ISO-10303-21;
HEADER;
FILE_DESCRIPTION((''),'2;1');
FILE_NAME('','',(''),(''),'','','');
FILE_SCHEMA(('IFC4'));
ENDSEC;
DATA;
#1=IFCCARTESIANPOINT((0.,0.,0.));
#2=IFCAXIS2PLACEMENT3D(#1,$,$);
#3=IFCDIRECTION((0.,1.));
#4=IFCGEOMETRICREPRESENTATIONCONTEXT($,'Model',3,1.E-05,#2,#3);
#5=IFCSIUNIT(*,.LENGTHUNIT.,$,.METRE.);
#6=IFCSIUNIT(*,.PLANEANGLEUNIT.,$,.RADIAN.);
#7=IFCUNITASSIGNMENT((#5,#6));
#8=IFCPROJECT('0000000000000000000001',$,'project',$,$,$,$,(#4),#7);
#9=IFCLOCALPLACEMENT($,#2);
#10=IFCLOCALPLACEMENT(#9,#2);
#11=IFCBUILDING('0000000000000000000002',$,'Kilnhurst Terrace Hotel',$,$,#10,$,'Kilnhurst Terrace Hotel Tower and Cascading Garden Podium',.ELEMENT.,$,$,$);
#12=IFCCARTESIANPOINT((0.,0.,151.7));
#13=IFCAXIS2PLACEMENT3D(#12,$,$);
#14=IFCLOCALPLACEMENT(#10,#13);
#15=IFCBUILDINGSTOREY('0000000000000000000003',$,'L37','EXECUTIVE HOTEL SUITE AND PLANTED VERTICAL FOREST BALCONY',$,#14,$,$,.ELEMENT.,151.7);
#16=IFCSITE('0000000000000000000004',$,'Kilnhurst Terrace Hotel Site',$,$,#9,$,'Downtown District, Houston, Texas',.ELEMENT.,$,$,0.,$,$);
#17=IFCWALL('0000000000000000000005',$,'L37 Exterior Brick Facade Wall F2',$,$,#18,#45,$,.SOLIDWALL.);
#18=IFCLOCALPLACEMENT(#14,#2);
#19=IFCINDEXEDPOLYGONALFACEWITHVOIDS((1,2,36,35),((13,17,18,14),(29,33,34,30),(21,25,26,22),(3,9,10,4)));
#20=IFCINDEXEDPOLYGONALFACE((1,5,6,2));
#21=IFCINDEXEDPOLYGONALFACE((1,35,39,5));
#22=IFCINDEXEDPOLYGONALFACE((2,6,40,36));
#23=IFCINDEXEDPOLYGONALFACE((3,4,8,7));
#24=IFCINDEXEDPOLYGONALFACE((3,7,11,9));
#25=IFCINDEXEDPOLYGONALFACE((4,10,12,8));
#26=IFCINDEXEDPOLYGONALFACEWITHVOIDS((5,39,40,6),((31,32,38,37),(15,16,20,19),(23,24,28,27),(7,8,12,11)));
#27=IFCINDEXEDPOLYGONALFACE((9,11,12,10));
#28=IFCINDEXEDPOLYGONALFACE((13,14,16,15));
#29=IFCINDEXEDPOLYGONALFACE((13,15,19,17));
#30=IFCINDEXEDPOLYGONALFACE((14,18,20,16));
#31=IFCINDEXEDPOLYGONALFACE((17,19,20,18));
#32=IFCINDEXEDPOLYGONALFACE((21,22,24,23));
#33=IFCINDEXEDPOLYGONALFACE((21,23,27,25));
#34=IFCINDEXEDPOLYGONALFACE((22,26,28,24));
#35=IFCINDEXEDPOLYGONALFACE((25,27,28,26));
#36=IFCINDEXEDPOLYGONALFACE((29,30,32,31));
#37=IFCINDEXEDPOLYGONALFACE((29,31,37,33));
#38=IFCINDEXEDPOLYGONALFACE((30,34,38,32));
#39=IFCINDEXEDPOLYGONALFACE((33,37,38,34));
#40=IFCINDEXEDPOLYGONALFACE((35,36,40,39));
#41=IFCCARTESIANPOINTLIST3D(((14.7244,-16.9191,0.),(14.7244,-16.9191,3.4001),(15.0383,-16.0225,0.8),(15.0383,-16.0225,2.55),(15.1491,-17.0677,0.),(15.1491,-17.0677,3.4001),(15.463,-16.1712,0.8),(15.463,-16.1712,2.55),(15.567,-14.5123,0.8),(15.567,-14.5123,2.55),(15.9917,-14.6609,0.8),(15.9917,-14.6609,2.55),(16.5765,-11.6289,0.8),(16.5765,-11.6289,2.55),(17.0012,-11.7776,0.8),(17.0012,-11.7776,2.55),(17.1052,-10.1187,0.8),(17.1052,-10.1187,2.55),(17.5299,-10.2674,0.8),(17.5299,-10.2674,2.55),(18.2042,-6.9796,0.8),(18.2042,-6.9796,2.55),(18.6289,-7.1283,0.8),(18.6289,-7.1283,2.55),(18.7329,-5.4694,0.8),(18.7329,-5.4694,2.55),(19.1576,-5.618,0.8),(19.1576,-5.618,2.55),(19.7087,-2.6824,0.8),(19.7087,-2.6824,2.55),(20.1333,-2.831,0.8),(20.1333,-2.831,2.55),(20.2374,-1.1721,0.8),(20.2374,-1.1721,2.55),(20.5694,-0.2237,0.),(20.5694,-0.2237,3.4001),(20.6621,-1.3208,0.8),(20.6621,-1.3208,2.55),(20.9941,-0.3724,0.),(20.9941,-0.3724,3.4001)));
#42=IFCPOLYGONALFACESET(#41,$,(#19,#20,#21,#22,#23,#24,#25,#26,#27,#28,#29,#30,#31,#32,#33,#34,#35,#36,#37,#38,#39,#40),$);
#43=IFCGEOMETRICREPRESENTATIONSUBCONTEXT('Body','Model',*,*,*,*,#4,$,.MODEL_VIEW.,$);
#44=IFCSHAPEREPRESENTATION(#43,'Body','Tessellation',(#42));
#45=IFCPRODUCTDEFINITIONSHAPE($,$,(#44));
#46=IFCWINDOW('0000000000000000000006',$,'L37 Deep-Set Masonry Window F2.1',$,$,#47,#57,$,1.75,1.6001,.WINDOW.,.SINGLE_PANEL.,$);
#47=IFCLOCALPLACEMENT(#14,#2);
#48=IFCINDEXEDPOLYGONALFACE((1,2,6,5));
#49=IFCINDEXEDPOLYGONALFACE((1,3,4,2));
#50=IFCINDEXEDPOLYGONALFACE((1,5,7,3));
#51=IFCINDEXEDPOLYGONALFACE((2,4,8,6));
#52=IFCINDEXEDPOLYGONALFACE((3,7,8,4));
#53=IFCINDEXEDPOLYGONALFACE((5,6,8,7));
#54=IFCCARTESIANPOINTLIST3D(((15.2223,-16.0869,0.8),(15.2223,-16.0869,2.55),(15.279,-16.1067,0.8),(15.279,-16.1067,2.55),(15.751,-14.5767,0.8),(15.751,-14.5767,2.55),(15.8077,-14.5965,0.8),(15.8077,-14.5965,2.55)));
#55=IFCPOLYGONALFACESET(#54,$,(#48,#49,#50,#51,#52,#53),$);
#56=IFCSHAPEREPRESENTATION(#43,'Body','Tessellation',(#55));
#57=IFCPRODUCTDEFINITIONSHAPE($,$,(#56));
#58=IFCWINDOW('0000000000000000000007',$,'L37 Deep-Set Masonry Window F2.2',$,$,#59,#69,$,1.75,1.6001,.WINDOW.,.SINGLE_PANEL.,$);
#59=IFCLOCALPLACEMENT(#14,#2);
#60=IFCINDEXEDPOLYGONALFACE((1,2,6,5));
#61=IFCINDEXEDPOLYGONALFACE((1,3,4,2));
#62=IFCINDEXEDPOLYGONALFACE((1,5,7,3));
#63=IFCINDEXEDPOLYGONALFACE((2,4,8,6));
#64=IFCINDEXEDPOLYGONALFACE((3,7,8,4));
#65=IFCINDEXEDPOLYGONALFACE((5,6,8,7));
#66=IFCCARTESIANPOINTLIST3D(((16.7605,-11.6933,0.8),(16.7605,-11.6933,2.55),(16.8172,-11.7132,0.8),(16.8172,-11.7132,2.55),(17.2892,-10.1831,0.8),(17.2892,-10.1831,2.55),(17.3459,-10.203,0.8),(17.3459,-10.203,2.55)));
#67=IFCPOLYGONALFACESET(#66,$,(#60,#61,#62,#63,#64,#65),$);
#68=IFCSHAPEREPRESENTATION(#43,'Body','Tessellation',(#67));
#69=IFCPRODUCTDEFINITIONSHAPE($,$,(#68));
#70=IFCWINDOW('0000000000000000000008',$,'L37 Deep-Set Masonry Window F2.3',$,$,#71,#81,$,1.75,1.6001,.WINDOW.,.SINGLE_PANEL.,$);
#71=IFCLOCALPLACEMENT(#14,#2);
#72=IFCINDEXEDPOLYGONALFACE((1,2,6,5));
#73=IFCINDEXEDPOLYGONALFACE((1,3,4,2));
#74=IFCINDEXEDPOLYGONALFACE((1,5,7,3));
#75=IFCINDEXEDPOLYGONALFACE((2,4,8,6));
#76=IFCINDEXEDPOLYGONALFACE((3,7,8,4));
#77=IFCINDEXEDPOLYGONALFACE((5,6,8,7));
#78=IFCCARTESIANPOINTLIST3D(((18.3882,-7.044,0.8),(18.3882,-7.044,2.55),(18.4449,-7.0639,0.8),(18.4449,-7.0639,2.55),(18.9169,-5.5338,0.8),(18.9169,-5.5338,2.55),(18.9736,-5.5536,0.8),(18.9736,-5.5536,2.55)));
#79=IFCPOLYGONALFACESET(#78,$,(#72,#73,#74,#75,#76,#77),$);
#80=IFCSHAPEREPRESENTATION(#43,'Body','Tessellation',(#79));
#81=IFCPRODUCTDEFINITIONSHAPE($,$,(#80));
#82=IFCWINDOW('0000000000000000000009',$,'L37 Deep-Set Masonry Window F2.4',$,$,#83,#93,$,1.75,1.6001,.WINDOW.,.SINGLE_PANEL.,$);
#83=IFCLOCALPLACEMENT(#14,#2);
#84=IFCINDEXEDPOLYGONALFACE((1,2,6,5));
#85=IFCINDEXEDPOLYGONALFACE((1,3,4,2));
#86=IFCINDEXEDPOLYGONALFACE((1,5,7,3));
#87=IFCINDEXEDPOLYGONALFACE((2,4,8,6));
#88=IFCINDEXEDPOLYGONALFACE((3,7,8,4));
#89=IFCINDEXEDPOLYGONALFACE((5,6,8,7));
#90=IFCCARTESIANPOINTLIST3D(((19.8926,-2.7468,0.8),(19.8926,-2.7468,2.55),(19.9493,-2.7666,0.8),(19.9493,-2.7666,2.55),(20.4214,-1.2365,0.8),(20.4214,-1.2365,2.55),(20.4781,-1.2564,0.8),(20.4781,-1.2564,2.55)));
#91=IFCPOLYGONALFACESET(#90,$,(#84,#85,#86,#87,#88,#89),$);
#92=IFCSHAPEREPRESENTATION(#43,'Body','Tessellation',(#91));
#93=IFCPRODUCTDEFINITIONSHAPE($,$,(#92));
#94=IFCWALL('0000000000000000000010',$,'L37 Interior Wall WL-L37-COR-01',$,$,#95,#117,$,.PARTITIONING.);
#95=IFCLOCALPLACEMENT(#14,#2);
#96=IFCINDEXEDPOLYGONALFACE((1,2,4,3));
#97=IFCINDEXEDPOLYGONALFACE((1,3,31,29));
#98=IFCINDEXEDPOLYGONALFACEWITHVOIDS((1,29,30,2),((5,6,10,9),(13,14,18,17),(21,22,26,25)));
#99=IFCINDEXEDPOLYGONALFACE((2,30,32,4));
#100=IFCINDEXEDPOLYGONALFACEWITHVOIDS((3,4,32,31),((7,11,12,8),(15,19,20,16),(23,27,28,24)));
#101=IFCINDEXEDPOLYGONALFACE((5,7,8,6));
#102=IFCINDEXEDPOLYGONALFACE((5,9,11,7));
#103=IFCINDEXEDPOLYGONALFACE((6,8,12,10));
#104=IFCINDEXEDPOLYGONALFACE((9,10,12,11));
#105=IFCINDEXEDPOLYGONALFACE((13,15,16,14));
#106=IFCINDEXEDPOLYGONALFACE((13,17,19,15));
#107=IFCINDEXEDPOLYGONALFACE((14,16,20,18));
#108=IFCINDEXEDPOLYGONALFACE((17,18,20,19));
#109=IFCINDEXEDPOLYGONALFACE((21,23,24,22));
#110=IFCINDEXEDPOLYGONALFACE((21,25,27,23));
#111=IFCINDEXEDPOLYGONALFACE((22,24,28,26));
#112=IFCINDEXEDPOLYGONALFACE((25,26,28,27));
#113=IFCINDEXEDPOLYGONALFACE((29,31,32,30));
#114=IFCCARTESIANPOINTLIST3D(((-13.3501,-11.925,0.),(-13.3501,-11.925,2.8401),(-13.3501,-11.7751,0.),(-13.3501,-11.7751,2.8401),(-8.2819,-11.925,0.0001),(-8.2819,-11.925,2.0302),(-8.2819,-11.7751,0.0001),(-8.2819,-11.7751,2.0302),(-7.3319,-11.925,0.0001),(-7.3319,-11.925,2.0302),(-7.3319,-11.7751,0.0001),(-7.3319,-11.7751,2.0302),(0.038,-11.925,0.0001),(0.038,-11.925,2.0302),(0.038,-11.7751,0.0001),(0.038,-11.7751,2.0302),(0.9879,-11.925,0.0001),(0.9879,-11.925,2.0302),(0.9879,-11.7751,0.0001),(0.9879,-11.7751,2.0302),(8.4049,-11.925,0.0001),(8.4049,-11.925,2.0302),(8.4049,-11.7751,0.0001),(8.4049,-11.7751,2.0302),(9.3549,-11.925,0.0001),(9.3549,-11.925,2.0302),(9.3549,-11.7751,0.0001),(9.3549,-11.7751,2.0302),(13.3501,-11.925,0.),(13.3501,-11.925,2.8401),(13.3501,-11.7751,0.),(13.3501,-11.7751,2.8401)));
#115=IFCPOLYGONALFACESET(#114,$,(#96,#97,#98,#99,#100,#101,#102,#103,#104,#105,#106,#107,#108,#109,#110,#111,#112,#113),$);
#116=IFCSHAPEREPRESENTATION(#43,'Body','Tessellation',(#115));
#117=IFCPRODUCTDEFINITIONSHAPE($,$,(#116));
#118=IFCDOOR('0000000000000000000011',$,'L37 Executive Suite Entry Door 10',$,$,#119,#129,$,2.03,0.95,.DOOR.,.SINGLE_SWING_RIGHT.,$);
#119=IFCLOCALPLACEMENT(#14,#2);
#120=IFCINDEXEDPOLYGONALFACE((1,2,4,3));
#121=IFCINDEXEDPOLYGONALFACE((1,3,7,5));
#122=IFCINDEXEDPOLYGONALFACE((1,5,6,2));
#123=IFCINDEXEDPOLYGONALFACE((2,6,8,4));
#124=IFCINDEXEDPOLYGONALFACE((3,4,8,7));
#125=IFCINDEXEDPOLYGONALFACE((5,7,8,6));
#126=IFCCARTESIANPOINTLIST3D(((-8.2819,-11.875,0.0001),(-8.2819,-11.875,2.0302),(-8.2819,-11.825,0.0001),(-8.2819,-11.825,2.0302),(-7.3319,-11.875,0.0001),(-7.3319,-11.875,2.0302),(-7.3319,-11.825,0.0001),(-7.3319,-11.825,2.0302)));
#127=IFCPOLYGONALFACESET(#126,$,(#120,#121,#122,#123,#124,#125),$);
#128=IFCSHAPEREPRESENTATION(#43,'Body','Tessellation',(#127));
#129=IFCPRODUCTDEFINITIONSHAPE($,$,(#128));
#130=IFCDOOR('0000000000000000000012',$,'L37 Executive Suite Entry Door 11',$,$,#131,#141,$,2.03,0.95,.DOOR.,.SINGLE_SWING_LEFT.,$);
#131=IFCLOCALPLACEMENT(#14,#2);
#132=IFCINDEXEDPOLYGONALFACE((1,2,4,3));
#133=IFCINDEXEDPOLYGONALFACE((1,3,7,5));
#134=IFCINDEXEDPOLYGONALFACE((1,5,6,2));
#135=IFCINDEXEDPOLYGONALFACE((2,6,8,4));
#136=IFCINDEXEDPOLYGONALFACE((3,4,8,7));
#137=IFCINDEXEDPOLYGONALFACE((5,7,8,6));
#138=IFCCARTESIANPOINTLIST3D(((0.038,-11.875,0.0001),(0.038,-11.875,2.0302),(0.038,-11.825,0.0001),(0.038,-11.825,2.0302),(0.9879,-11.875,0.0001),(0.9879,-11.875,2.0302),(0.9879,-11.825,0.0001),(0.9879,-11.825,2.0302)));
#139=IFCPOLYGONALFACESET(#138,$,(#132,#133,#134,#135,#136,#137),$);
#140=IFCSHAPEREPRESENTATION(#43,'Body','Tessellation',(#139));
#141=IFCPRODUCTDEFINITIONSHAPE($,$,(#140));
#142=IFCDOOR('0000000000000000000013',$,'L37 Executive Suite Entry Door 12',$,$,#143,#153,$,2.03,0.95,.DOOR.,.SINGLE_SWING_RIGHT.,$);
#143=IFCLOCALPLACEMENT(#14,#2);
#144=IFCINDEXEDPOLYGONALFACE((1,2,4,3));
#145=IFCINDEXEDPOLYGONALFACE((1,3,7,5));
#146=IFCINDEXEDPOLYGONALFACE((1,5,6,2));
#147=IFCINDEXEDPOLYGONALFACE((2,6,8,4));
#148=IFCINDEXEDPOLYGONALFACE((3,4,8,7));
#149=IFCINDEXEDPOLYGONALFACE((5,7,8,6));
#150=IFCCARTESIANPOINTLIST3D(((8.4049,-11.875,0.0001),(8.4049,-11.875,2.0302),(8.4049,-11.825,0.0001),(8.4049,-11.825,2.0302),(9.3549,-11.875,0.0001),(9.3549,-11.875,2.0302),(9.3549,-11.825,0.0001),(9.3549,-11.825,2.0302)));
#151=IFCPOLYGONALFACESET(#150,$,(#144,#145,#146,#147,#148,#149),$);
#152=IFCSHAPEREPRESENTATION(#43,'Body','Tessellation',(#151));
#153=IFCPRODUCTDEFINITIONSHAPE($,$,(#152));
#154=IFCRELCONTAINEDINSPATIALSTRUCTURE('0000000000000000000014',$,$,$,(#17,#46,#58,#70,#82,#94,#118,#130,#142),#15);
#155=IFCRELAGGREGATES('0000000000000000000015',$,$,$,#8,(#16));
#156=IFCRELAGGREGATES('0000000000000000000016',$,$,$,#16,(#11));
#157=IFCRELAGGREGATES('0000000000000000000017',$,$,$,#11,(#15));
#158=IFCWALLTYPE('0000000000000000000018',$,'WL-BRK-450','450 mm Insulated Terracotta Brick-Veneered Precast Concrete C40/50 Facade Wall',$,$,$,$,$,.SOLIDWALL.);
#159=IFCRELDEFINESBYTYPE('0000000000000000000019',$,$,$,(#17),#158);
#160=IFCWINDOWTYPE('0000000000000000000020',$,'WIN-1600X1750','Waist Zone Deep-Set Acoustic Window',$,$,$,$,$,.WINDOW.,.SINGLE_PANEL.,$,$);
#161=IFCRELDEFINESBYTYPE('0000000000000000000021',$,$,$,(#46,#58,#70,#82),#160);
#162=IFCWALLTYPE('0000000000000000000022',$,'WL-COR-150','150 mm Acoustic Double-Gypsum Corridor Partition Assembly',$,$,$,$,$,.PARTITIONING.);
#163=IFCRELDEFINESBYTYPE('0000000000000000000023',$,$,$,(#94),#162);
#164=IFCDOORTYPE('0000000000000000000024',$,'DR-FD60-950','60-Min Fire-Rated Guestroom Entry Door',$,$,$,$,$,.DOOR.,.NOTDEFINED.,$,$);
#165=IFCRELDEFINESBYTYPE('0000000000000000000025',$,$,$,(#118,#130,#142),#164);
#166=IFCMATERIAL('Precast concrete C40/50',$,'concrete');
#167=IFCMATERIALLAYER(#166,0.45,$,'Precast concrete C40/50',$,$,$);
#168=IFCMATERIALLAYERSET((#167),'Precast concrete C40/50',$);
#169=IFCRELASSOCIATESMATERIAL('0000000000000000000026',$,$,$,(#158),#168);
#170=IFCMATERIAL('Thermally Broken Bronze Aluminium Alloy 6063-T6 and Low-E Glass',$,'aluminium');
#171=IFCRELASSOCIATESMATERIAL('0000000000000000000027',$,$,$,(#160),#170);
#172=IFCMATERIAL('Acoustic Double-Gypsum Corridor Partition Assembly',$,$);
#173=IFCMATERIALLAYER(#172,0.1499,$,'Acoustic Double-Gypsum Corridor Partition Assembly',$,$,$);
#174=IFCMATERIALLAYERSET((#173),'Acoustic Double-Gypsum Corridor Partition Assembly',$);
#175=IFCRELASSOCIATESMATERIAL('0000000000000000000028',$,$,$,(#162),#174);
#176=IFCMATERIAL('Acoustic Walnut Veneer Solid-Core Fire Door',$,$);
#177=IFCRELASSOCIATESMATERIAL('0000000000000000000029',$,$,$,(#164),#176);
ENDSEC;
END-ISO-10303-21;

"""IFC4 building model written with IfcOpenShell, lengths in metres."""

from ifc_helpers import new_model, si_unit, direction, frame, frame_2d, origin, place, context, subcontext, project, spatial, rectangle, extrude, material, layer, layer_set, type_object, element, fill, save


model = new_model("IFC4")

# Units and contexts
model_context = context("Model", 3, precision=1e-05, world=origin(), true_north=direction((0.0, 1.0)))
body_context = subcontext(model_context, "Body", "Model", "MODEL_VIEW")
ifc_project = project(units=[si_unit("LENGTHUNIT", "METRE"), si_unit("PLANEANGLEUNIT", "RADIAN")], contexts=[model_context])

# Site, building, storey
site_placement = place(None, origin())
site = spatial("IfcSite", under=ifc_project, at=site_placement, Name="Kilnhurst Terrace Hotel Site", LongName="Downtown District, Houston, Texas", CompositionType="ELEMENT", RefElevation=0.0)
building_placement = place(site_placement, origin())
building = spatial("IfcBuilding", under=site, at=building_placement, Name="Kilnhurst Terrace Hotel", LongName="Kilnhurst Terrace Hotel Tower and Cascading Garden Podium", CompositionType="ELEMENT")
storey_placement = place(building_placement, frame((0.0, 0.0, 151.7)))
storey = spatial("IfcBuildingStorey", under=building, at=storey_placement, Name="L37", Description="EXECUTIVE HOTEL SUITE AND PLANTED VERTICAL FOREST BALCONY", CompositionType="ELEMENT", Elevation=151.7)

# Shared definitions
ifc_material_1 = material(Name="Precast concrete C40/50", Category="concrete")
ifc_layer_1 = layer(ifc_material_1, 0.45, Name="Precast concrete C40/50")
ifc_layer_set_1 = layer_set([ifc_layer_1], Name="Precast concrete C40/50")
wall_type_1 = type_object("IfcWallType", Name="WL-BRK-450", Description="450 mm Insulated Terracotta Brick-Veneered Precast Concrete C40/50 Facade Wall", PredefinedType="SOLIDWALL", material=ifc_layer_set_1)

# Wall, openings, windows
wall_1_placement = place(storey_placement, frame((14.9368, -16.9934, 0.0), z_axis=(0.0, 0.0, 1.0), x_axis=(0.330432, 0.94383, 0.0)))
wall_1 = element("IfcWall", 1, at=wall_1_placement, inside=storey, type_object=wall_type_1, Name="L37 Exterior Brick Facade Wall F2", PredefinedType="SOLIDWALL", context=body_context, shape_type="SweptSolid", body=[
    extrude(rectangle(XDim=17.689, YDim=0.45, at=frame_2d((8.8445, 0.0))), origin(), (0.0, 0.0, 1.0), 3.4001),
])
opening_1_placement = place(wall_1_placement, frame((0.95, 0.0, 0.8)))
opening_1 = element("IfcOpeningElement", 2, at=opening_1_placement, cuts=wall_1, PredefinedType="OPENING", context=body_context, shape_type="SweptSolid", body=[
    extrude(rectangle(XDim=1.6001, YDim=1.75, at=frame_2d((0.8, 0.875))), frame((0.0, 0.2349, 0.0), z_axis=(0.0, -1.0, 0.0), x_axis=(1.0, 0.0, 0.0)), (0.0, 0.0, 1.0), 0.47),
])
opening_2_placement = place(wall_1_placement, frame((5.605, 0.0, 0.8)))
opening_2 = element("IfcOpeningElement", 3, at=opening_2_placement, cuts=wall_1, PredefinedType="OPENING", context=body_context, shape_type="SweptSolid", body=[
    extrude(rectangle(XDim=1.6001, YDim=1.75, at=frame_2d((0.8, 0.875))), frame((0.0, 0.2349, 0.0), z_axis=(0.0, -1.0, 0.0), x_axis=(1.0, 0.0, 0.0)), (0.0, 0.0, 1.0), 0.47),
])
opening_3_placement = place(wall_1_placement, frame((10.531, 0.0, 0.8)))
opening_3 = element("IfcOpeningElement", 4, at=opening_3_placement, cuts=wall_1, PredefinedType="OPENING", context=body_context, shape_type="SweptSolid", body=[
    extrude(rectangle(XDim=1.6001, YDim=1.75, at=frame_2d((0.8, 0.875))), frame((0.0, 0.2349, 0.0), z_axis=(0.0, -1.0, 0.0), x_axis=(1.0, 0.0, 0.0)), (0.0, 0.0, 1.0), 0.47),
])
opening_4_placement = place(wall_1_placement, frame((15.084, 0.0, 0.8)))
opening_4 = element("IfcOpeningElement", 5, at=opening_4_placement, cuts=wall_1, PredefinedType="OPENING", context=body_context, shape_type="SweptSolid", body=[
    extrude(rectangle(XDim=1.6001, YDim=1.75, at=frame_2d((0.8, 0.875))), frame((0.0, 0.2349, 0.0), z_axis=(0.0, -1.0, 0.0), x_axis=(1.0, 0.0, 0.0)), (0.0, 0.0, 1.0), 0.47),
])
ifc_material_2 = material(Name="Thermally Broken Bronze Aluminium Alloy 6063-T6 and Low-E Glass", Category="aluminium")
window_type = type_object("IfcWindowType", Name="WIN-1600X1750", Description="Waist Zone Deep-Set Acoustic Window", PartitioningType="SINGLE_PANEL", PredefinedType="WINDOW", material=ifc_material_2)
window_1_placement = place(opening_1_placement, origin())
window_1 = element("IfcWindow", 6, at=window_1_placement, inside=storey, type_object=window_type, Name="L37 Deep-Set Masonry Window F2.1", OverallHeight=1.75, OverallWidth=1.6001, PartitioningType="SINGLE_PANEL", PredefinedType="WINDOW", context=body_context, shape_type="SweptSolid", body=[
    extrude(rectangle(XDim=1.6001, YDim=1.75, at=frame_2d((0.8, 0.875))), frame((0.0, 0.03, 0.0), z_axis=(0.0, -1.0, 0.0), x_axis=(1.0, 0.0, 0.0)), (0.0, 0.0, 1.0), 0.0601),
])
fill(opening_1, window_1)
window_2_placement = place(opening_2_placement, origin())
window_2 = element("IfcWindow", 7, at=window_2_placement, inside=storey, type_object=window_type, Name="L37 Deep-Set Masonry Window F2.2", OverallHeight=1.75, OverallWidth=1.6001, PartitioningType="SINGLE_PANEL", PredefinedType="WINDOW", context=body_context, shape_type="SweptSolid", body=[
    extrude(rectangle(XDim=1.6001, YDim=1.75, at=frame_2d((0.8, 0.875))), frame((0.0, 0.03, 0.0), z_axis=(0.0, -1.0, 0.0), x_axis=(1.0, 0.0, 0.0)), (0.0, 0.0, 1.0), 0.0601),
])
fill(opening_2, window_2)
window_3_placement = place(opening_3_placement, origin())
window_3 = element("IfcWindow", 8, at=window_3_placement, inside=storey, type_object=window_type, Name="L37 Deep-Set Masonry Window F2.3", OverallHeight=1.75, OverallWidth=1.6001, PartitioningType="SINGLE_PANEL", PredefinedType="WINDOW", context=body_context, shape_type="SweptSolid", body=[
    extrude(rectangle(XDim=1.6001, YDim=1.75, at=frame_2d((0.8, 0.875))), frame((0.0, 0.03, 0.0), z_axis=(0.0, -1.0, 0.0), x_axis=(1.0, 0.0, 0.0)), (0.0, 0.0, 1.0), 0.0601),
])
fill(opening_3, window_3)
window_4_placement = place(opening_4_placement, origin())
window_4 = element("IfcWindow", 9, at=window_4_placement, inside=storey, type_object=window_type, Name="L37 Deep-Set Masonry Window F2.4", OverallHeight=1.75, OverallWidth=1.6001, PartitioningType="SINGLE_PANEL", PredefinedType="WINDOW", context=body_context, shape_type="SweptSolid", body=[
    extrude(rectangle(XDim=1.6001, YDim=1.75, at=frame_2d((0.8, 0.875))), frame((0.0, 0.03, 0.0), z_axis=(0.0, -1.0, 0.0), x_axis=(1.0, 0.0, 0.0)), (0.0, 0.0, 1.0), 0.0601),
])
fill(opening_4, window_4)

# Wall, openings, doors
ifc_material_3 = material(Name="Acoustic Double-Gypsum Corridor Partition Assembly")
ifc_layer_2 = layer(ifc_material_3, 0.1499, Name="Acoustic Double-Gypsum Corridor Partition Assembly")
ifc_layer_set_2 = layer_set([ifc_layer_2], Name="Acoustic Double-Gypsum Corridor Partition Assembly")
wall_type_2 = type_object("IfcWallType", Name="WL-COR-150", Description="150 mm Acoustic Double-Gypsum Corridor Partition Assembly", PredefinedType="PARTITIONING", material=ifc_layer_set_2)
wall_2_placement = place(storey_placement, frame((13.3501, -11.8501, 0.0), z_axis=(0.0, 0.0, 1.0), x_axis=(-1.0, 0.0, 0.0)))
wall_2 = element("IfcWall", 10, at=wall_2_placement, inside=storey, type_object=wall_type_2, Name="L37 Interior Wall WL-L37-COR-01", PredefinedType="PARTITIONING", context=body_context, shape_type="SweptSolid", body=[
    extrude(rectangle(XDim=26.7002, YDim=0.1499, at=frame_2d((13.3501, 0.0))), origin(), (0.0, 0.0, 1.0), 2.8401),
])
opening_5_placement = place(wall_2_placement, frame((20.6819, 0.0, 0.0)))
opening_5 = element("IfcOpeningElement", 11, at=opening_5_placement, cuts=wall_2, PredefinedType="OPENING", context=body_context, shape_type="SweptSolid", body=[
    extrude(rectangle(XDim=0.95, YDim=2.03, at=frame_2d((0.4751, 1.0151))), frame((0.0, 0.085, 0.0), z_axis=(0.0, -1.0, 0.0), x_axis=(1.0, 0.0, 0.0)), (0.0, 0.0, 1.0), 0.1699),
])
opening_6_placement = place(wall_2_placement, frame((12.3621, 0.0, 0.0)))
opening_6 = element("IfcOpeningElement", 12, at=opening_6_placement, cuts=wall_2, PredefinedType="OPENING", context=body_context, shape_type="SweptSolid", body=[
    extrude(rectangle(XDim=0.95, YDim=2.03, at=frame_2d((0.4751, 1.0151))), frame((0.0, 0.085, 0.0), z_axis=(0.0, -1.0, 0.0), x_axis=(1.0, 0.0, 0.0)), (0.0, 0.0, 1.0), 0.1699),
])
opening_7_placement = place(wall_2_placement, frame((3.9951, 0.0, 0.0)))
opening_7 = element("IfcOpeningElement", 13, at=opening_7_placement, cuts=wall_2, PredefinedType="OPENING", context=body_context, shape_type="SweptSolid", body=[
    extrude(rectangle(XDim=0.95, YDim=2.03, at=frame_2d((0.4751, 1.0151))), frame((0.0, 0.085, 0.0), z_axis=(0.0, -1.0, 0.0), x_axis=(1.0, 0.0, 0.0)), (0.0, 0.0, 1.0), 0.1699),
])
ifc_material_4 = material(Name="Acoustic Walnut Veneer Solid-Core Fire Door")
door_type_1 = type_object("IfcDoorType", Name="DR-FD60-950", Description="60-Min Fire-Rated Guestroom Entry Door", OperationType="NOTDEFINED", PredefinedType="DOOR", material=ifc_material_4)
door_1_placement = place(opening_5_placement, origin())
door_1 = element("IfcDoor", 14, at=door_1_placement, inside=storey, type_object=door_type_1, Name="L37 Executive Suite Entry Door 10", OperationType="SINGLE_SWING_RIGHT", OverallHeight=2.03, OverallWidth=0.95, PredefinedType="DOOR", context=body_context, shape_type="SweptSolid", body=[
    extrude(rectangle(XDim=0.95, YDim=2.03, at=frame_2d((0.4751, 1.0151))), frame((0.0, 0.0249, 0.0), z_axis=(0.0, -1.0, 0.0), x_axis=(1.0, 0.0, 0.0)), (0.0, 0.0, 1.0), 0.05),
])
fill(opening_5, door_1)
door_2_placement = place(opening_6_placement, origin())
door_2 = element("IfcDoor", 15, at=door_2_placement, inside=storey, type_object=door_type_1, Name="L37 Executive Suite Entry Door 11", OperationType="SINGLE_SWING_LEFT", OverallHeight=2.03, OverallWidth=0.95, PredefinedType="DOOR", context=body_context, shape_type="SweptSolid", body=[
    extrude(rectangle(XDim=0.95, YDim=2.03, at=frame_2d((0.4751, 1.0151))), frame((0.0, 0.0249, 0.0), z_axis=(0.0, -1.0, 0.0), x_axis=(1.0, 0.0, 0.0)), (0.0, 0.0, 1.0), 0.05),
])
fill(opening_6, door_2)
door_3_placement = place(opening_7_placement, origin())
door_3 = element("IfcDoor", 16, at=door_3_placement, inside=storey, type_object=door_type_1, Name="L37 Executive Suite Entry Door 12", OperationType="SINGLE_SWING_RIGHT", OverallHeight=2.03, OverallWidth=0.95, PredefinedType="DOOR", context=body_context, shape_type="SweptSolid", body=[
    extrude(rectangle(XDim=0.95, YDim=2.03, at=frame_2d((0.4751, 1.0151))), frame((0.0, 0.0249, 0.0), z_axis=(0.0, -1.0, 0.0), x_axis=(1.0, 0.0, 0.0)), (0.0, 0.0, 1.0), 0.05),
])
fill(opening_7, door_3)

save(model, "model.ifc")
